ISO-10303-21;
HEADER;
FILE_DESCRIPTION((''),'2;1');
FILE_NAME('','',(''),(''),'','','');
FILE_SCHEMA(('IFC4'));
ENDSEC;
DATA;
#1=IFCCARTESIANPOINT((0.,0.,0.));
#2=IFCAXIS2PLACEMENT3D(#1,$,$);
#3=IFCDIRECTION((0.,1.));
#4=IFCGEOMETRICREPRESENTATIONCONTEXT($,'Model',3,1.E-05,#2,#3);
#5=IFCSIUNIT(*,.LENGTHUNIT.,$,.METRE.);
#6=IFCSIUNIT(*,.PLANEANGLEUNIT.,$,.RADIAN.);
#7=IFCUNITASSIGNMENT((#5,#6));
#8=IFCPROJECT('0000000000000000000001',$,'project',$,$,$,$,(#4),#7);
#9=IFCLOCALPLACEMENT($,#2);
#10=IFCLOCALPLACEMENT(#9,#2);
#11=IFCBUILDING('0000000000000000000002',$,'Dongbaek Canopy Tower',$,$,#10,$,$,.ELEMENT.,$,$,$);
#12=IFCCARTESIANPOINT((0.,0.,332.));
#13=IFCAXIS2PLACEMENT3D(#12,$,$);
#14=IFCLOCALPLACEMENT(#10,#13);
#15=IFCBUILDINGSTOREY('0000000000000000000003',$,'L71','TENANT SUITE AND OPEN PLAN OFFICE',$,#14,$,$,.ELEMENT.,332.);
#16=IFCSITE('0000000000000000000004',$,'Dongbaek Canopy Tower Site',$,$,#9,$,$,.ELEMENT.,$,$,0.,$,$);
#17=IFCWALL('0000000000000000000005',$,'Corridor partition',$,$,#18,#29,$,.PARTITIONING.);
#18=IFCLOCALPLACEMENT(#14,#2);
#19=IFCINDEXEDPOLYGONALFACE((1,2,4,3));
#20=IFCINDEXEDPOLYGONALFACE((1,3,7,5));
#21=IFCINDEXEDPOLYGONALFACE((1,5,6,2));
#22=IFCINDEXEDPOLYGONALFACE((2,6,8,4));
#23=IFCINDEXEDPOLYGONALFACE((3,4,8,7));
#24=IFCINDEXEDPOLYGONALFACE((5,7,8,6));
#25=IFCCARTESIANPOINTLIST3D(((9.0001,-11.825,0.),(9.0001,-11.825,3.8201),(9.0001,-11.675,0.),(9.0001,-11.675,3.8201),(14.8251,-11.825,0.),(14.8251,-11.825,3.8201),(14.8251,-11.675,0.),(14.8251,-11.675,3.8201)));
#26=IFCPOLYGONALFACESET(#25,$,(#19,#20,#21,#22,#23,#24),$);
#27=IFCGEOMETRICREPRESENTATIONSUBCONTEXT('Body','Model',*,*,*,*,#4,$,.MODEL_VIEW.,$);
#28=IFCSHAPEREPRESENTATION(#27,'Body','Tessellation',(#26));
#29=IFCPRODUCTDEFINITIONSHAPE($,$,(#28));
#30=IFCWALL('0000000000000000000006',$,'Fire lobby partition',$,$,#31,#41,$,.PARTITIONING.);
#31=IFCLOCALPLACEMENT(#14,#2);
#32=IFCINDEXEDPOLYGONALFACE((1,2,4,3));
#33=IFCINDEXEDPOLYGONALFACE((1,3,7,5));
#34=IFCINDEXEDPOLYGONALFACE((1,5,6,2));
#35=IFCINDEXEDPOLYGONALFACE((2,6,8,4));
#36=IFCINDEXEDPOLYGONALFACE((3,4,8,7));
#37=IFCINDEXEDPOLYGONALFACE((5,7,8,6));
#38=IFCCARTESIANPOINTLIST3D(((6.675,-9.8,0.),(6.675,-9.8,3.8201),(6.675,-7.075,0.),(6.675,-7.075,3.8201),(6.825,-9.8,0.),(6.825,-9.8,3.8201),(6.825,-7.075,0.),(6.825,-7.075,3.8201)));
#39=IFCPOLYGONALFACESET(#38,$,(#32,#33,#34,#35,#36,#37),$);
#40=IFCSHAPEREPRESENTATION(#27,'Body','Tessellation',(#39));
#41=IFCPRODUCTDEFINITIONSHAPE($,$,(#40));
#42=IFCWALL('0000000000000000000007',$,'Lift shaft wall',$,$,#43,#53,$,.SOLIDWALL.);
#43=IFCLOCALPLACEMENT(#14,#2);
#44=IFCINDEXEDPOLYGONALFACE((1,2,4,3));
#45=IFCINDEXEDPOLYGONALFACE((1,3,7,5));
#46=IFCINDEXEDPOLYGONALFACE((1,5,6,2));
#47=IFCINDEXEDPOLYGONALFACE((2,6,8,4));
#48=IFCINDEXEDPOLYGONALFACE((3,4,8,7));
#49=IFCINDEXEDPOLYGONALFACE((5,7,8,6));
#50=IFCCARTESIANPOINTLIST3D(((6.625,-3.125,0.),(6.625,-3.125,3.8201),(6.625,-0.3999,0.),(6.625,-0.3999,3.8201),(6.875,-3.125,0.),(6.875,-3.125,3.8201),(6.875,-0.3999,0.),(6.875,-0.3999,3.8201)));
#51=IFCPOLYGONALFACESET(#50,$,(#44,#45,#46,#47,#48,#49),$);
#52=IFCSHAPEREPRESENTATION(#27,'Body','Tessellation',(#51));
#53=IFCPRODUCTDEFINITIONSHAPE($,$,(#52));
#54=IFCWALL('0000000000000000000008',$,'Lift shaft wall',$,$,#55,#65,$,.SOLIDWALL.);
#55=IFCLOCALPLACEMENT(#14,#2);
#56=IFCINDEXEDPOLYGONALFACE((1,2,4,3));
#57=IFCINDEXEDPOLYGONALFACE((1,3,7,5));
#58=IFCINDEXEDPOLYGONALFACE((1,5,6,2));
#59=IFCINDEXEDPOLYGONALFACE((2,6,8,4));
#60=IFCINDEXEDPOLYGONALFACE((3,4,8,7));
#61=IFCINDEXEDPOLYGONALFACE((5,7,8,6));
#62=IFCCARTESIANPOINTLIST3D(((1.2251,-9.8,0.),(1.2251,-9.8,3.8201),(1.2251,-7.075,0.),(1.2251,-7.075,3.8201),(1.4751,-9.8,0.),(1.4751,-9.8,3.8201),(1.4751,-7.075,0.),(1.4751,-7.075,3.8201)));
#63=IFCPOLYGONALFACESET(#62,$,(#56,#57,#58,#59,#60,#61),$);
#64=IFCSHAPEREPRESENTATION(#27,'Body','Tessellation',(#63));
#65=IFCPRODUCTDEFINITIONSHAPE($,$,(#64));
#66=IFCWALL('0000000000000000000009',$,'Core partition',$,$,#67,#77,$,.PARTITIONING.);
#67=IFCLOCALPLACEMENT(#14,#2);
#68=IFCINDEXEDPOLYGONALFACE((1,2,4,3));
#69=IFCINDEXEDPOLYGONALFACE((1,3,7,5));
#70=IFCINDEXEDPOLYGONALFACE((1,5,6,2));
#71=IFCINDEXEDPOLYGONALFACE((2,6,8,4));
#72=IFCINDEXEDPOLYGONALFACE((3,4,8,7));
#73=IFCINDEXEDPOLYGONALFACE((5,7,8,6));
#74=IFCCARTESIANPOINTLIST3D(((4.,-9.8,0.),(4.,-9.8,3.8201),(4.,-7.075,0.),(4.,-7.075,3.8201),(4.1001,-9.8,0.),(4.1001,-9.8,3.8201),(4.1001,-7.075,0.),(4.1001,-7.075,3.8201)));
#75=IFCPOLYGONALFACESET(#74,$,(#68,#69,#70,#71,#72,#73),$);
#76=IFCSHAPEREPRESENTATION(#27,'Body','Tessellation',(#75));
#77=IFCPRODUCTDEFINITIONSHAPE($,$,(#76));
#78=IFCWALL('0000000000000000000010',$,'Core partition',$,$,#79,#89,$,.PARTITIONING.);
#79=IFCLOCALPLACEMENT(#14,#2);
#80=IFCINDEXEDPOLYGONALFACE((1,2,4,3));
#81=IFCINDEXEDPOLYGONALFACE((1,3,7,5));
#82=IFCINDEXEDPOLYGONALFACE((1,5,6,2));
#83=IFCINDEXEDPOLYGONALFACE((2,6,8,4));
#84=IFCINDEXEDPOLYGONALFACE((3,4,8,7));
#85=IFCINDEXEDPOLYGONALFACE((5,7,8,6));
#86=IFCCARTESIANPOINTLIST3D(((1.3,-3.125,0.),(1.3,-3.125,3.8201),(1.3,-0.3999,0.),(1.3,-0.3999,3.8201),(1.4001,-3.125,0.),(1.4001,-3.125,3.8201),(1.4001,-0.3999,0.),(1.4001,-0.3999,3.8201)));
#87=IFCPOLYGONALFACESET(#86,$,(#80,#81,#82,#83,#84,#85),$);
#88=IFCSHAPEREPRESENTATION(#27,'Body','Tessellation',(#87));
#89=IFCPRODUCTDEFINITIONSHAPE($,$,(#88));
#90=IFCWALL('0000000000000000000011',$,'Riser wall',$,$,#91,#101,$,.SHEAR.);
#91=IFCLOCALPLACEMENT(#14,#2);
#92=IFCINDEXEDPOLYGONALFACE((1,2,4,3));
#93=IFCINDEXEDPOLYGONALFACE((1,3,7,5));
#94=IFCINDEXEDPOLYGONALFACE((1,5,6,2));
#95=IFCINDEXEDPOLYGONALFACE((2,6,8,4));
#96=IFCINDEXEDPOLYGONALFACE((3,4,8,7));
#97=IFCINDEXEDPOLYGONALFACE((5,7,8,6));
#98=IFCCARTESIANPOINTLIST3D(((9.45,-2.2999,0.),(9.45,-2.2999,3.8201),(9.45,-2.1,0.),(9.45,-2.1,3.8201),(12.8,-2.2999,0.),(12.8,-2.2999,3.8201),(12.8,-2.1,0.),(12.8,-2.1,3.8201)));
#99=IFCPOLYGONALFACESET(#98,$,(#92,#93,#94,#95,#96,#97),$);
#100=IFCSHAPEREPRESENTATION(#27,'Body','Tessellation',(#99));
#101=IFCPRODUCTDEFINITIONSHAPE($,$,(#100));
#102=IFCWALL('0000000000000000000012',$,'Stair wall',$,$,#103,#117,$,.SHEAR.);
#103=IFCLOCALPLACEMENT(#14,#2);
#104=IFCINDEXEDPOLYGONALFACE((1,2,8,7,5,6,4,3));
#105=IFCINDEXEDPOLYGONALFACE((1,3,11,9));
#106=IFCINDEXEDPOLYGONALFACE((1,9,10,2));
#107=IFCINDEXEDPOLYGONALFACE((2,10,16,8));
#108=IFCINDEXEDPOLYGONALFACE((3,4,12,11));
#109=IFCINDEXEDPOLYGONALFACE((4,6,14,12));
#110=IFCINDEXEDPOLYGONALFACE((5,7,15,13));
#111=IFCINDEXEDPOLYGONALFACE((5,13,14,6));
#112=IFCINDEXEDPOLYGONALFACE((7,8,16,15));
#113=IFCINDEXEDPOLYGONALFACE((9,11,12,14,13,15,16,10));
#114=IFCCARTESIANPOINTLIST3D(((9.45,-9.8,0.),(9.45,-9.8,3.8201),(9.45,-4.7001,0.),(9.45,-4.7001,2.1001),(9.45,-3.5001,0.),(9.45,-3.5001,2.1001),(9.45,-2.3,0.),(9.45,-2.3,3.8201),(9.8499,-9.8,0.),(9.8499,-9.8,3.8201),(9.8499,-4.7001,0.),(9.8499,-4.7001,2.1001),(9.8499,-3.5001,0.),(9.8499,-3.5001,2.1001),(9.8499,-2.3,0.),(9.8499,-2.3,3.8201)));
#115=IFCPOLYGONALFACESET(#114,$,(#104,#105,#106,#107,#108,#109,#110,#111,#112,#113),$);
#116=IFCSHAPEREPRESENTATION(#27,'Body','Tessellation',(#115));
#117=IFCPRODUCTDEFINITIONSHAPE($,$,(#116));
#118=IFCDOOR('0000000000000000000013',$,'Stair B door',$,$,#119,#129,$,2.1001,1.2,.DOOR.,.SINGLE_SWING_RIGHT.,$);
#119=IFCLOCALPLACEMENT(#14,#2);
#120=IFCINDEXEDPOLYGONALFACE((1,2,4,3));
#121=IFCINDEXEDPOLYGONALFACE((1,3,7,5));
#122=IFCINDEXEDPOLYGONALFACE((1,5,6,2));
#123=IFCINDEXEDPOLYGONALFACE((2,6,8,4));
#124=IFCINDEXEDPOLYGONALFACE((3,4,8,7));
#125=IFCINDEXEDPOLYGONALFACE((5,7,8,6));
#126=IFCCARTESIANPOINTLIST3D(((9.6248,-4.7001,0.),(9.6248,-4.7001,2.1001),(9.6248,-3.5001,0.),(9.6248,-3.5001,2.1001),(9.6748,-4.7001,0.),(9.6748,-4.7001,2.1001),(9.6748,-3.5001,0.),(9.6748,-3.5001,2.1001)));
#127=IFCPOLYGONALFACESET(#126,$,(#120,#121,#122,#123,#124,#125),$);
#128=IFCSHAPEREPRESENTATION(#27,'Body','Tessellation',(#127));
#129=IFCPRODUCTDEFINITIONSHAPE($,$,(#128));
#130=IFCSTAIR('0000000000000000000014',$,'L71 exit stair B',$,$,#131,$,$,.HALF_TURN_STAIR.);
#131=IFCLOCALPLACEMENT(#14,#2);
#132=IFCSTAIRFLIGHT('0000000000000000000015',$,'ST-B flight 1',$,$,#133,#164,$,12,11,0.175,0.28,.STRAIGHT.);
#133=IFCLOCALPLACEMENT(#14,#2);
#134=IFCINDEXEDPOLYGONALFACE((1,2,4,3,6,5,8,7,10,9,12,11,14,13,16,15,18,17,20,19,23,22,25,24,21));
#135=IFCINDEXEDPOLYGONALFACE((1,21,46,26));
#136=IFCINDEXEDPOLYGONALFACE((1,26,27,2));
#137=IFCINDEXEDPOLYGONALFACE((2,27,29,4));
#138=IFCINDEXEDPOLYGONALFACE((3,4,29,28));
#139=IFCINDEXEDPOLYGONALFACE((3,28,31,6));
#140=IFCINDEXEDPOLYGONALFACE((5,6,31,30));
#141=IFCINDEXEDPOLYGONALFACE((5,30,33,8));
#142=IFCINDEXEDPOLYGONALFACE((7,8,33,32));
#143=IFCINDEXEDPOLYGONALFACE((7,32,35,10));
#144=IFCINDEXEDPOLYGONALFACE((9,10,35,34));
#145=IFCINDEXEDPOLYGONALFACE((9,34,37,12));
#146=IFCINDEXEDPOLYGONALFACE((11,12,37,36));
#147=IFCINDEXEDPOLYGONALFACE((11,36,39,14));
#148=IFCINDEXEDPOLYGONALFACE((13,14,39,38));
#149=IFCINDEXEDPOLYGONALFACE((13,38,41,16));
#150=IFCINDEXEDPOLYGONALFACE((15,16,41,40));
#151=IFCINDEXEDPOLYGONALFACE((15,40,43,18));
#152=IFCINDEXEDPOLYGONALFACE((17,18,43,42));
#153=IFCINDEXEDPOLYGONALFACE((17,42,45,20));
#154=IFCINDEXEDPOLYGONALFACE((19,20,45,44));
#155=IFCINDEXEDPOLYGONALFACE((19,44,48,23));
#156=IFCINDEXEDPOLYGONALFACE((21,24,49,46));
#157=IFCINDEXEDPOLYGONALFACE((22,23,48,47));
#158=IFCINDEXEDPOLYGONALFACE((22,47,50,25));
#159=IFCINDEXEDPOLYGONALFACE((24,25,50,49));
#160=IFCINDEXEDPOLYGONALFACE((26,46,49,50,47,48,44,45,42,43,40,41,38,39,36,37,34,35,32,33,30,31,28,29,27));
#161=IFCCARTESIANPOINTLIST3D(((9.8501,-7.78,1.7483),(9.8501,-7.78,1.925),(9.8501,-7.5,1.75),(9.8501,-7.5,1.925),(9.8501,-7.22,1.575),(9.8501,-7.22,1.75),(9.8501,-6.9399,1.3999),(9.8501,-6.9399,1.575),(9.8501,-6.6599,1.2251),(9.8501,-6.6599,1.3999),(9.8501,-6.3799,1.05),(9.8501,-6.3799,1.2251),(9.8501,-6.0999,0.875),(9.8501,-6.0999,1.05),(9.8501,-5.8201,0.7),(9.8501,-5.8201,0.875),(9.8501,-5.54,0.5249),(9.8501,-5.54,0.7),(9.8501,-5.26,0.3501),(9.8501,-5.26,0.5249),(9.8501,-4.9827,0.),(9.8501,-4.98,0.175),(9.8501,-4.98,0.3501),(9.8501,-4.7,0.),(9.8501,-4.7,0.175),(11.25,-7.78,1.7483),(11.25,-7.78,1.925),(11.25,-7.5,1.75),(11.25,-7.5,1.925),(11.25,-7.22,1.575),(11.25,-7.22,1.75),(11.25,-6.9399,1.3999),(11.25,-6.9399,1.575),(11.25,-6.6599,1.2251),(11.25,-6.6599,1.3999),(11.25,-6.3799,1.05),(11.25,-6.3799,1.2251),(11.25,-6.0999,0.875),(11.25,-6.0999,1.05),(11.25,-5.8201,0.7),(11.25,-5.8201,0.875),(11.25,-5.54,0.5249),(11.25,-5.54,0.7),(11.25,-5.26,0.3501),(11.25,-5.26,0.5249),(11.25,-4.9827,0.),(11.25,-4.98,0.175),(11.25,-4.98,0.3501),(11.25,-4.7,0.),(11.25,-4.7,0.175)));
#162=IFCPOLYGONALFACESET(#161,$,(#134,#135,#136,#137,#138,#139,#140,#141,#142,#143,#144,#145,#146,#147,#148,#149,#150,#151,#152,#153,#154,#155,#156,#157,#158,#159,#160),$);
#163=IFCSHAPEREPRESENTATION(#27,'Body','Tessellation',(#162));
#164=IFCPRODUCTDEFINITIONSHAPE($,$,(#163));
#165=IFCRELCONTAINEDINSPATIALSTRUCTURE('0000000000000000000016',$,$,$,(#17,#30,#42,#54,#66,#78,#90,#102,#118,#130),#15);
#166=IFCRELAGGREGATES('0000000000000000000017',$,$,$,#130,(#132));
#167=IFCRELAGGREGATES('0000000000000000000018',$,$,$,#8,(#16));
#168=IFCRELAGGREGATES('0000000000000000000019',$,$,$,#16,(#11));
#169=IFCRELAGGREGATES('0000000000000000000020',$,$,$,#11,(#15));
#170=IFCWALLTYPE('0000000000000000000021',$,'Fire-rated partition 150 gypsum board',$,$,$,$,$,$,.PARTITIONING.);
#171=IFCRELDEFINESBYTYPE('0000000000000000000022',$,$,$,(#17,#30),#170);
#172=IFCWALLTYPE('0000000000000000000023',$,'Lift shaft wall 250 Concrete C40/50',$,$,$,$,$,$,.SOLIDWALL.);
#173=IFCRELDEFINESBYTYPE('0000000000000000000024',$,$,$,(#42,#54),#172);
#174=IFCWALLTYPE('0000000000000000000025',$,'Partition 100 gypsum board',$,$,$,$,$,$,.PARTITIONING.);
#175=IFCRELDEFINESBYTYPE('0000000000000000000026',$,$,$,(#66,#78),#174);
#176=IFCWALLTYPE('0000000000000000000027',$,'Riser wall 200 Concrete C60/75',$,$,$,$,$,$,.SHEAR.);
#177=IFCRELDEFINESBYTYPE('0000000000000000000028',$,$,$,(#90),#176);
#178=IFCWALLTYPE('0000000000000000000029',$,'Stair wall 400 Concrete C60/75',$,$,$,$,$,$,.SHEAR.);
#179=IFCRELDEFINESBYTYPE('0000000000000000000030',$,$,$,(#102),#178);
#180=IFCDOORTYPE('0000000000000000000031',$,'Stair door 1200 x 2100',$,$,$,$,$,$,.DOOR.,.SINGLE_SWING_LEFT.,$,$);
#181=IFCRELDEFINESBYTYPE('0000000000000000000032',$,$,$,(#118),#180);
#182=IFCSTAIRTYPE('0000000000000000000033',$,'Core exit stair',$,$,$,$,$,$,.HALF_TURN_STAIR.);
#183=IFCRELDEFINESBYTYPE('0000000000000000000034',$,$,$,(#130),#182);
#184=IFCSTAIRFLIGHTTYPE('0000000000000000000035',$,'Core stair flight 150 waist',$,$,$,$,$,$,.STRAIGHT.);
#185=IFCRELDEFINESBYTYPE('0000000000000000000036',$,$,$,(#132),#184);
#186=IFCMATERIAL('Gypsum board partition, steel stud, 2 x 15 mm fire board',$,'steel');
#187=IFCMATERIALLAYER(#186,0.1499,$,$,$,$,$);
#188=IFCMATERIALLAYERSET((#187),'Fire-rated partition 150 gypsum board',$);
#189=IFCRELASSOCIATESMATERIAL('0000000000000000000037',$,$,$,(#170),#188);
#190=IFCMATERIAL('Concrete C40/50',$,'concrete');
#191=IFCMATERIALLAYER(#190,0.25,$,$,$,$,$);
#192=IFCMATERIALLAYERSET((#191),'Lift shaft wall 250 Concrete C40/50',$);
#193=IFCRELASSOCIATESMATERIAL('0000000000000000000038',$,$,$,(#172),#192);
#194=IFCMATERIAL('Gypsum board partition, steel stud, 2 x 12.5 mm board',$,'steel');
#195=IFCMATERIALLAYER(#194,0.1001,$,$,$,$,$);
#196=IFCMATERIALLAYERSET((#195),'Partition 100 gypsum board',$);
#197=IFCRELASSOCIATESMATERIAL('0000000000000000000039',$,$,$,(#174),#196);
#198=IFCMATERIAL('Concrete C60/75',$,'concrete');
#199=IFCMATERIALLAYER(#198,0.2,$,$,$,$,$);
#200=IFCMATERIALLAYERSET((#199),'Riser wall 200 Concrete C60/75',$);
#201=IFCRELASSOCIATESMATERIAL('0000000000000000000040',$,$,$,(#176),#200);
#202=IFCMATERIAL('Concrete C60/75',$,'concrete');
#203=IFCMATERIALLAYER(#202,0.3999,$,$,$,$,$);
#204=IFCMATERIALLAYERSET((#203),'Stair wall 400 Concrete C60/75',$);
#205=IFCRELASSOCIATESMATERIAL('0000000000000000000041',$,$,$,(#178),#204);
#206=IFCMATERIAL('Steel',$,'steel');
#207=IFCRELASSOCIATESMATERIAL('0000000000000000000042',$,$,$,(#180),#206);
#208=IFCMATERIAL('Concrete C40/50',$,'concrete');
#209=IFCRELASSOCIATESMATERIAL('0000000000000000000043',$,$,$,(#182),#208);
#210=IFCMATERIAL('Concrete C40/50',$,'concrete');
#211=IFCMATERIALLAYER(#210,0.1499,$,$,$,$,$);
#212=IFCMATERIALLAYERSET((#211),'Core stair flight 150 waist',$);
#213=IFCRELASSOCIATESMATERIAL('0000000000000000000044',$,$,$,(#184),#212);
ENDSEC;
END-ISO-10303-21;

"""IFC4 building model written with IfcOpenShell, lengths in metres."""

from ifc_helpers import new_model, si_unit, direction, frame, frame_2d, origin, place, context, subcontext, project, spatial, polyline, rectangle, outline, extrude, material, layer, layer_set, type_object, element, fill, aggregate, save


model = new_model("IFC4")

# Units and contexts
model_context = context("Model", 3, precision=1e-05, world=origin(), true_north=direction((0.0, 1.0)))
body_context = subcontext(model_context, "Body", "Model", "MODEL_VIEW")
ifc_project = project(units=[si_unit("LENGTHUNIT", "METRE"), si_unit("PLANEANGLEUNIT", "RADIAN")], contexts=[model_context])

# Site, building, storey
site_placement = place(None, origin())
site = spatial("IfcSite", under=ifc_project, at=site_placement, Name="Dongbaek Canopy Tower Site", CompositionType="ELEMENT", RefElevation=0.0)
building_placement = place(site_placement, origin())
building = spatial("IfcBuilding", under=site, at=building_placement, Name="Dongbaek Canopy Tower", CompositionType="ELEMENT")
storey_placement = place(building_placement, frame((0.0, 0.0, 332.0)))
storey = spatial("IfcBuildingStorey", under=building, at=storey_placement, Name="L71", Description="TENANT SUITE AND OPEN PLAN OFFICE", CompositionType="ELEMENT", Elevation=332.0)

# Walls
ifc_material_1 = material(Name="Gypsum board partition, steel stud, 2 x 15 mm fire board", Category="steel")
ifc_layer_1 = layer(ifc_material_1, 0.1499)
ifc_layer_set_1 = layer_set([ifc_layer_1], Name="Fire-rated partition 150 gypsum board")
wall_type_1 = type_object("IfcWallType", Name="Fire-rated partition 150 gypsum board", PredefinedType="PARTITIONING", material=ifc_layer_set_1)
wall_1_placement = place(storey_placement, frame((9.0, -11.75, 0.0), z_axis=(0.0, 0.0, 1.0), x_axis=(1.0, 0.0, 0.0)))
element("IfcWall", 1, at=wall_1_placement, inside=storey, type_object=wall_type_1, Name="Corridor partition", PredefinedType="PARTITIONING", context=body_context, shape_type="SweptSolid", body=[
    extrude(rectangle(XDim=5.825, YDim=0.1499, at=frame_2d((2.9126, 0.0))), origin(), (0.0, 0.0, 1.0), 3.8201),
])
wall_2_placement = place(storey_placement, frame((6.75, -9.8, 0.0), z_axis=(0.0, 0.0, 1.0), x_axis=(0.0, 1.0, 0.0)))
element("IfcWall", 2, at=wall_2_placement, inside=storey, type_object=wall_type_1, Name="Fire lobby partition", PredefinedType="PARTITIONING", context=body_context, shape_type="SweptSolid", body=[
    extrude(rectangle(XDim=2.7251, YDim=0.1499, at=frame_2d((1.3625, 0.0))), origin(), (0.0, 0.0, 1.0), 3.8201),
])
ifc_material_2 = material(Name="Concrete C40/50", Category="concrete")
ifc_layer_2 = layer(ifc_material_2, 0.25)
ifc_layer_set_2 = layer_set([ifc_layer_2], Name="Lift shaft wall 250 Concrete C40/50")
wall_type_2 = type_object("IfcWallType", Name="Lift shaft wall 250 Concrete C40/50", PredefinedType="SOLIDWALL", material=ifc_layer_set_2)
for number, where, z_axis, x_axis, name in (
    (3, (6.75, -3.125, 0.0), (0.0, 0.0, 1.0), (0.0, 1.0, 0.0), "Lift shaft wall"),
    (4, (1.3501, -9.8, 0.0), (0.0, 0.0, 1.0), (0.0, 1.0, 0.0), "Lift shaft wall"),
):
    element("IfcWall", number, at=place(storey_placement, frame(where, z_axis=z_axis, x_axis=x_axis)), inside=storey, type_object=wall_type_2, Name=name, PredefinedType="SOLIDWALL", context=body_context, shape_type="SweptSolid", body=[
        extrude(rectangle(XDim=2.7251, YDim=0.25, at=frame_2d((1.3625, 0.0))), origin(), (0.0, 0.0, 1.0), 3.8201),
    ])
ifc_material_3 = material(Name="Gypsum board partition, steel stud, 2 x 12.5 mm board", Category="steel")
ifc_layer_3 = layer(ifc_material_3, 0.1001)
ifc_layer_set_3 = layer_set([ifc_layer_3], Name="Partition 100 gypsum board")
wall_type_3 = type_object("IfcWallType", Name="Partition 100 gypsum board", PredefinedType="PARTITIONING", material=ifc_layer_set_3)
for number, where, z_axis, x_axis, name in (
    (5, (4.05, -9.8, 0.0), (0.0, 0.0, 1.0), (0.0, 1.0, 0.0), "Core partition"),
    (6, (1.3501, -3.125, 0.0), (0.0, 0.0, 1.0), (0.0, 1.0, 0.0), "Core partition"),
):
    element("IfcWall", number, at=place(storey_placement, frame(where, z_axis=z_axis, x_axis=x_axis)), inside=storey, type_object=wall_type_3, Name=name, PredefinedType="PARTITIONING", context=body_context, shape_type="SweptSolid", body=[
        extrude(rectangle(XDim=2.7251, YDim=0.1001, at=frame_2d((1.3625, 0.0))), origin(), (0.0, 0.0, 1.0), 3.8201),
    ])
ifc_material_4 = material(Name="Concrete C60/75", Category="concrete")
ifc_layer_4 = layer(ifc_material_4, 0.2)
ifc_layer_set_4 = layer_set([ifc_layer_4], Name="Riser wall 200 Concrete C60/75")
wall_type_4 = type_object("IfcWallType", Name="Riser wall 200 Concrete C60/75", PredefinedType="SHEAR", material=ifc_layer_set_4)
wall_3_placement = place(storey_placement, frame((9.45, -2.2, 0.0), z_axis=(0.0, 0.0, 1.0), x_axis=(1.0, 0.0, 0.0)))
element("IfcWall", 7, at=wall_3_placement, inside=storey, type_object=wall_type_4, Name="Riser wall", PredefinedType="SHEAR", context=body_context, shape_type="SweptSolid", body=[
    extrude(rectangle(XDim=3.3501, YDim=0.2, at=frame_2d((1.675, 0.0))), origin(), (0.0, 0.0, 1.0), 3.8201),
])

# Wall, opening, door
ifc_material_5 = material(Name="Concrete C60/75", Category="concrete")
ifc_layer_5 = layer(ifc_material_5, 0.3999)
ifc_layer_set_5 = layer_set([ifc_layer_5], Name="Stair wall 400 Concrete C60/75")
wall_type_5 = type_object("IfcWallType", Name="Stair wall 400 Concrete C60/75", PredefinedType="SHEAR", material=ifc_layer_set_5)
wall_4_placement = place(storey_placement, frame((9.6499, -2.3, 0.0), z_axis=(0.0, 0.0, 1.0), x_axis=(0.0, -1.0, 0.0)))
wall_4 = element("IfcWall", 8, at=wall_4_placement, inside=storey, type_object=wall_type_5, Name="Stair wall", PredefinedType="SHEAR", context=body_context, shape_type="SweptSolid", body=[
    extrude(rectangle(XDim=7.5, YDim=0.3999, at=frame_2d((3.75, 0.0))), origin(), (0.0, 0.0, 1.0), 3.8201),
])
opening_1_placement = place(wall_4_placement, frame((1.2, 0.0, 0.0)))
opening_1 = element("IfcOpeningElement", 9, at=opening_1_placement, cuts=wall_4, PredefinedType="OPENING", context=body_context, shape_type="SweptSolid", body=[
    extrude(rectangle(XDim=1.2, YDim=2.1001, at=frame_2d((0.6001, 1.05))), frame((0.0, 0.21, 0.0), z_axis=(0.0, -1.0, 0.0), x_axis=(1.0, 0.0, 0.0)), (0.0, 0.0, 1.0), 0.4199),
])
ifc_material_6 = material(Name="Steel", Category="steel")
door_type_1 = type_object("IfcDoorType", Name="Stair door 1200 x 2100", OperationType="SINGLE_SWING_LEFT", PredefinedType="DOOR", material=ifc_material_6)
door_1_placement = place(opening_1_placement, origin())
door_1 = element("IfcDoor", 10, at=door_1_placement, inside=storey, type_object=door_type_1, Name="Stair B door", OperationType="SINGLE_SWING_RIGHT", OverallHeight=2.1001, OverallWidth=1.2, PredefinedType="DOOR", context=body_context, shape_type="SweptSolid", body=[
    extrude(rectangle(XDim=1.2, YDim=2.1001, at=frame_2d((0.6001, 1.05))), frame((0.0, 0.0249, 0.0), z_axis=(0.0, -1.0, 0.0), x_axis=(1.0, 0.0, 0.0)), (0.0, 0.0, 1.0), 0.05),
])
fill(opening_1, door_1)

# Stair, stair flight
ifc_material_7 = material(Name="Concrete C40/50", Category="concrete")
stair_type = type_object("IfcStairType", Name="Core exit stair", PredefinedType="HALF_TURN_STAIR", material=ifc_material_7)
stair_placement = place(storey_placement, origin())
stair = element("IfcStair", 11, at=stair_placement, inside=storey, type_object=stair_type, Name="L71 exit stair B", PredefinedType="HALF_TURN_STAIR")
ifc_material_8 = material(Name="Concrete C40/50", Category="concrete")
ifc_layer_6 = layer(ifc_material_8, 0.1499)
ifc_layer_set_6 = layer_set([ifc_layer_6], Name="Core stair flight 150 waist")
stair_flight_type = type_object("IfcStairFlightType", Name="Core stair flight 150 waist", PredefinedType="STRAIGHT", material=ifc_layer_set_6)
stair_flight_placement = place(storey_placement, frame((10.55, -4.7, 0.0), z_axis=(0.0, 0.0, 1.0), x_axis=(0.0, -1.0, 0.0)))
stair_flight = element("IfcStairFlight", 12, at=stair_flight_placement, type_object=stair_flight_type, Name="ST-B flight 1", NumberOfRisers=12, NumberOfTreads=11, PredefinedType="STRAIGHT", RiserHeight=0.175, TreadLength=0.28, context=body_context, shape_type="SweptSolid", body=[
    extrude(outline(polyline([(0.0, 0.0), (0.0, 0.175), (0.28, 0.175), (0.28, 0.3501), (0.5601, 0.3501), (0.5601, 0.5249), (0.8401, 0.5249), (0.8401, 0.7), (1.1201, 0.7), (1.1201, 0.875), (1.3999, 0.875), (1.3999, 1.05), (1.6799, 1.05), (1.6799, 1.2251), (1.96, 1.2251), (1.96, 1.3999), (2.24, 1.3999), (2.24, 1.575), (2.52, 1.575), (2.52, 1.75), (2.8, 1.75), (2.8, 1.925), (3.0801, 1.925), (3.0801, 2.1001), (3.0801, 1.7483), (0.2827, 0.0), (0.0, 0.0)])), frame((0.0, 0.7, 0.0), z_axis=(0.0, -1.0, 0.0), x_axis=(1.0, 0.0, 0.0)), (0.0, 0.0, 1.0), 1.3999),
])
aggregate(stair, [stair_flight])

save(model, "model.ifc")
